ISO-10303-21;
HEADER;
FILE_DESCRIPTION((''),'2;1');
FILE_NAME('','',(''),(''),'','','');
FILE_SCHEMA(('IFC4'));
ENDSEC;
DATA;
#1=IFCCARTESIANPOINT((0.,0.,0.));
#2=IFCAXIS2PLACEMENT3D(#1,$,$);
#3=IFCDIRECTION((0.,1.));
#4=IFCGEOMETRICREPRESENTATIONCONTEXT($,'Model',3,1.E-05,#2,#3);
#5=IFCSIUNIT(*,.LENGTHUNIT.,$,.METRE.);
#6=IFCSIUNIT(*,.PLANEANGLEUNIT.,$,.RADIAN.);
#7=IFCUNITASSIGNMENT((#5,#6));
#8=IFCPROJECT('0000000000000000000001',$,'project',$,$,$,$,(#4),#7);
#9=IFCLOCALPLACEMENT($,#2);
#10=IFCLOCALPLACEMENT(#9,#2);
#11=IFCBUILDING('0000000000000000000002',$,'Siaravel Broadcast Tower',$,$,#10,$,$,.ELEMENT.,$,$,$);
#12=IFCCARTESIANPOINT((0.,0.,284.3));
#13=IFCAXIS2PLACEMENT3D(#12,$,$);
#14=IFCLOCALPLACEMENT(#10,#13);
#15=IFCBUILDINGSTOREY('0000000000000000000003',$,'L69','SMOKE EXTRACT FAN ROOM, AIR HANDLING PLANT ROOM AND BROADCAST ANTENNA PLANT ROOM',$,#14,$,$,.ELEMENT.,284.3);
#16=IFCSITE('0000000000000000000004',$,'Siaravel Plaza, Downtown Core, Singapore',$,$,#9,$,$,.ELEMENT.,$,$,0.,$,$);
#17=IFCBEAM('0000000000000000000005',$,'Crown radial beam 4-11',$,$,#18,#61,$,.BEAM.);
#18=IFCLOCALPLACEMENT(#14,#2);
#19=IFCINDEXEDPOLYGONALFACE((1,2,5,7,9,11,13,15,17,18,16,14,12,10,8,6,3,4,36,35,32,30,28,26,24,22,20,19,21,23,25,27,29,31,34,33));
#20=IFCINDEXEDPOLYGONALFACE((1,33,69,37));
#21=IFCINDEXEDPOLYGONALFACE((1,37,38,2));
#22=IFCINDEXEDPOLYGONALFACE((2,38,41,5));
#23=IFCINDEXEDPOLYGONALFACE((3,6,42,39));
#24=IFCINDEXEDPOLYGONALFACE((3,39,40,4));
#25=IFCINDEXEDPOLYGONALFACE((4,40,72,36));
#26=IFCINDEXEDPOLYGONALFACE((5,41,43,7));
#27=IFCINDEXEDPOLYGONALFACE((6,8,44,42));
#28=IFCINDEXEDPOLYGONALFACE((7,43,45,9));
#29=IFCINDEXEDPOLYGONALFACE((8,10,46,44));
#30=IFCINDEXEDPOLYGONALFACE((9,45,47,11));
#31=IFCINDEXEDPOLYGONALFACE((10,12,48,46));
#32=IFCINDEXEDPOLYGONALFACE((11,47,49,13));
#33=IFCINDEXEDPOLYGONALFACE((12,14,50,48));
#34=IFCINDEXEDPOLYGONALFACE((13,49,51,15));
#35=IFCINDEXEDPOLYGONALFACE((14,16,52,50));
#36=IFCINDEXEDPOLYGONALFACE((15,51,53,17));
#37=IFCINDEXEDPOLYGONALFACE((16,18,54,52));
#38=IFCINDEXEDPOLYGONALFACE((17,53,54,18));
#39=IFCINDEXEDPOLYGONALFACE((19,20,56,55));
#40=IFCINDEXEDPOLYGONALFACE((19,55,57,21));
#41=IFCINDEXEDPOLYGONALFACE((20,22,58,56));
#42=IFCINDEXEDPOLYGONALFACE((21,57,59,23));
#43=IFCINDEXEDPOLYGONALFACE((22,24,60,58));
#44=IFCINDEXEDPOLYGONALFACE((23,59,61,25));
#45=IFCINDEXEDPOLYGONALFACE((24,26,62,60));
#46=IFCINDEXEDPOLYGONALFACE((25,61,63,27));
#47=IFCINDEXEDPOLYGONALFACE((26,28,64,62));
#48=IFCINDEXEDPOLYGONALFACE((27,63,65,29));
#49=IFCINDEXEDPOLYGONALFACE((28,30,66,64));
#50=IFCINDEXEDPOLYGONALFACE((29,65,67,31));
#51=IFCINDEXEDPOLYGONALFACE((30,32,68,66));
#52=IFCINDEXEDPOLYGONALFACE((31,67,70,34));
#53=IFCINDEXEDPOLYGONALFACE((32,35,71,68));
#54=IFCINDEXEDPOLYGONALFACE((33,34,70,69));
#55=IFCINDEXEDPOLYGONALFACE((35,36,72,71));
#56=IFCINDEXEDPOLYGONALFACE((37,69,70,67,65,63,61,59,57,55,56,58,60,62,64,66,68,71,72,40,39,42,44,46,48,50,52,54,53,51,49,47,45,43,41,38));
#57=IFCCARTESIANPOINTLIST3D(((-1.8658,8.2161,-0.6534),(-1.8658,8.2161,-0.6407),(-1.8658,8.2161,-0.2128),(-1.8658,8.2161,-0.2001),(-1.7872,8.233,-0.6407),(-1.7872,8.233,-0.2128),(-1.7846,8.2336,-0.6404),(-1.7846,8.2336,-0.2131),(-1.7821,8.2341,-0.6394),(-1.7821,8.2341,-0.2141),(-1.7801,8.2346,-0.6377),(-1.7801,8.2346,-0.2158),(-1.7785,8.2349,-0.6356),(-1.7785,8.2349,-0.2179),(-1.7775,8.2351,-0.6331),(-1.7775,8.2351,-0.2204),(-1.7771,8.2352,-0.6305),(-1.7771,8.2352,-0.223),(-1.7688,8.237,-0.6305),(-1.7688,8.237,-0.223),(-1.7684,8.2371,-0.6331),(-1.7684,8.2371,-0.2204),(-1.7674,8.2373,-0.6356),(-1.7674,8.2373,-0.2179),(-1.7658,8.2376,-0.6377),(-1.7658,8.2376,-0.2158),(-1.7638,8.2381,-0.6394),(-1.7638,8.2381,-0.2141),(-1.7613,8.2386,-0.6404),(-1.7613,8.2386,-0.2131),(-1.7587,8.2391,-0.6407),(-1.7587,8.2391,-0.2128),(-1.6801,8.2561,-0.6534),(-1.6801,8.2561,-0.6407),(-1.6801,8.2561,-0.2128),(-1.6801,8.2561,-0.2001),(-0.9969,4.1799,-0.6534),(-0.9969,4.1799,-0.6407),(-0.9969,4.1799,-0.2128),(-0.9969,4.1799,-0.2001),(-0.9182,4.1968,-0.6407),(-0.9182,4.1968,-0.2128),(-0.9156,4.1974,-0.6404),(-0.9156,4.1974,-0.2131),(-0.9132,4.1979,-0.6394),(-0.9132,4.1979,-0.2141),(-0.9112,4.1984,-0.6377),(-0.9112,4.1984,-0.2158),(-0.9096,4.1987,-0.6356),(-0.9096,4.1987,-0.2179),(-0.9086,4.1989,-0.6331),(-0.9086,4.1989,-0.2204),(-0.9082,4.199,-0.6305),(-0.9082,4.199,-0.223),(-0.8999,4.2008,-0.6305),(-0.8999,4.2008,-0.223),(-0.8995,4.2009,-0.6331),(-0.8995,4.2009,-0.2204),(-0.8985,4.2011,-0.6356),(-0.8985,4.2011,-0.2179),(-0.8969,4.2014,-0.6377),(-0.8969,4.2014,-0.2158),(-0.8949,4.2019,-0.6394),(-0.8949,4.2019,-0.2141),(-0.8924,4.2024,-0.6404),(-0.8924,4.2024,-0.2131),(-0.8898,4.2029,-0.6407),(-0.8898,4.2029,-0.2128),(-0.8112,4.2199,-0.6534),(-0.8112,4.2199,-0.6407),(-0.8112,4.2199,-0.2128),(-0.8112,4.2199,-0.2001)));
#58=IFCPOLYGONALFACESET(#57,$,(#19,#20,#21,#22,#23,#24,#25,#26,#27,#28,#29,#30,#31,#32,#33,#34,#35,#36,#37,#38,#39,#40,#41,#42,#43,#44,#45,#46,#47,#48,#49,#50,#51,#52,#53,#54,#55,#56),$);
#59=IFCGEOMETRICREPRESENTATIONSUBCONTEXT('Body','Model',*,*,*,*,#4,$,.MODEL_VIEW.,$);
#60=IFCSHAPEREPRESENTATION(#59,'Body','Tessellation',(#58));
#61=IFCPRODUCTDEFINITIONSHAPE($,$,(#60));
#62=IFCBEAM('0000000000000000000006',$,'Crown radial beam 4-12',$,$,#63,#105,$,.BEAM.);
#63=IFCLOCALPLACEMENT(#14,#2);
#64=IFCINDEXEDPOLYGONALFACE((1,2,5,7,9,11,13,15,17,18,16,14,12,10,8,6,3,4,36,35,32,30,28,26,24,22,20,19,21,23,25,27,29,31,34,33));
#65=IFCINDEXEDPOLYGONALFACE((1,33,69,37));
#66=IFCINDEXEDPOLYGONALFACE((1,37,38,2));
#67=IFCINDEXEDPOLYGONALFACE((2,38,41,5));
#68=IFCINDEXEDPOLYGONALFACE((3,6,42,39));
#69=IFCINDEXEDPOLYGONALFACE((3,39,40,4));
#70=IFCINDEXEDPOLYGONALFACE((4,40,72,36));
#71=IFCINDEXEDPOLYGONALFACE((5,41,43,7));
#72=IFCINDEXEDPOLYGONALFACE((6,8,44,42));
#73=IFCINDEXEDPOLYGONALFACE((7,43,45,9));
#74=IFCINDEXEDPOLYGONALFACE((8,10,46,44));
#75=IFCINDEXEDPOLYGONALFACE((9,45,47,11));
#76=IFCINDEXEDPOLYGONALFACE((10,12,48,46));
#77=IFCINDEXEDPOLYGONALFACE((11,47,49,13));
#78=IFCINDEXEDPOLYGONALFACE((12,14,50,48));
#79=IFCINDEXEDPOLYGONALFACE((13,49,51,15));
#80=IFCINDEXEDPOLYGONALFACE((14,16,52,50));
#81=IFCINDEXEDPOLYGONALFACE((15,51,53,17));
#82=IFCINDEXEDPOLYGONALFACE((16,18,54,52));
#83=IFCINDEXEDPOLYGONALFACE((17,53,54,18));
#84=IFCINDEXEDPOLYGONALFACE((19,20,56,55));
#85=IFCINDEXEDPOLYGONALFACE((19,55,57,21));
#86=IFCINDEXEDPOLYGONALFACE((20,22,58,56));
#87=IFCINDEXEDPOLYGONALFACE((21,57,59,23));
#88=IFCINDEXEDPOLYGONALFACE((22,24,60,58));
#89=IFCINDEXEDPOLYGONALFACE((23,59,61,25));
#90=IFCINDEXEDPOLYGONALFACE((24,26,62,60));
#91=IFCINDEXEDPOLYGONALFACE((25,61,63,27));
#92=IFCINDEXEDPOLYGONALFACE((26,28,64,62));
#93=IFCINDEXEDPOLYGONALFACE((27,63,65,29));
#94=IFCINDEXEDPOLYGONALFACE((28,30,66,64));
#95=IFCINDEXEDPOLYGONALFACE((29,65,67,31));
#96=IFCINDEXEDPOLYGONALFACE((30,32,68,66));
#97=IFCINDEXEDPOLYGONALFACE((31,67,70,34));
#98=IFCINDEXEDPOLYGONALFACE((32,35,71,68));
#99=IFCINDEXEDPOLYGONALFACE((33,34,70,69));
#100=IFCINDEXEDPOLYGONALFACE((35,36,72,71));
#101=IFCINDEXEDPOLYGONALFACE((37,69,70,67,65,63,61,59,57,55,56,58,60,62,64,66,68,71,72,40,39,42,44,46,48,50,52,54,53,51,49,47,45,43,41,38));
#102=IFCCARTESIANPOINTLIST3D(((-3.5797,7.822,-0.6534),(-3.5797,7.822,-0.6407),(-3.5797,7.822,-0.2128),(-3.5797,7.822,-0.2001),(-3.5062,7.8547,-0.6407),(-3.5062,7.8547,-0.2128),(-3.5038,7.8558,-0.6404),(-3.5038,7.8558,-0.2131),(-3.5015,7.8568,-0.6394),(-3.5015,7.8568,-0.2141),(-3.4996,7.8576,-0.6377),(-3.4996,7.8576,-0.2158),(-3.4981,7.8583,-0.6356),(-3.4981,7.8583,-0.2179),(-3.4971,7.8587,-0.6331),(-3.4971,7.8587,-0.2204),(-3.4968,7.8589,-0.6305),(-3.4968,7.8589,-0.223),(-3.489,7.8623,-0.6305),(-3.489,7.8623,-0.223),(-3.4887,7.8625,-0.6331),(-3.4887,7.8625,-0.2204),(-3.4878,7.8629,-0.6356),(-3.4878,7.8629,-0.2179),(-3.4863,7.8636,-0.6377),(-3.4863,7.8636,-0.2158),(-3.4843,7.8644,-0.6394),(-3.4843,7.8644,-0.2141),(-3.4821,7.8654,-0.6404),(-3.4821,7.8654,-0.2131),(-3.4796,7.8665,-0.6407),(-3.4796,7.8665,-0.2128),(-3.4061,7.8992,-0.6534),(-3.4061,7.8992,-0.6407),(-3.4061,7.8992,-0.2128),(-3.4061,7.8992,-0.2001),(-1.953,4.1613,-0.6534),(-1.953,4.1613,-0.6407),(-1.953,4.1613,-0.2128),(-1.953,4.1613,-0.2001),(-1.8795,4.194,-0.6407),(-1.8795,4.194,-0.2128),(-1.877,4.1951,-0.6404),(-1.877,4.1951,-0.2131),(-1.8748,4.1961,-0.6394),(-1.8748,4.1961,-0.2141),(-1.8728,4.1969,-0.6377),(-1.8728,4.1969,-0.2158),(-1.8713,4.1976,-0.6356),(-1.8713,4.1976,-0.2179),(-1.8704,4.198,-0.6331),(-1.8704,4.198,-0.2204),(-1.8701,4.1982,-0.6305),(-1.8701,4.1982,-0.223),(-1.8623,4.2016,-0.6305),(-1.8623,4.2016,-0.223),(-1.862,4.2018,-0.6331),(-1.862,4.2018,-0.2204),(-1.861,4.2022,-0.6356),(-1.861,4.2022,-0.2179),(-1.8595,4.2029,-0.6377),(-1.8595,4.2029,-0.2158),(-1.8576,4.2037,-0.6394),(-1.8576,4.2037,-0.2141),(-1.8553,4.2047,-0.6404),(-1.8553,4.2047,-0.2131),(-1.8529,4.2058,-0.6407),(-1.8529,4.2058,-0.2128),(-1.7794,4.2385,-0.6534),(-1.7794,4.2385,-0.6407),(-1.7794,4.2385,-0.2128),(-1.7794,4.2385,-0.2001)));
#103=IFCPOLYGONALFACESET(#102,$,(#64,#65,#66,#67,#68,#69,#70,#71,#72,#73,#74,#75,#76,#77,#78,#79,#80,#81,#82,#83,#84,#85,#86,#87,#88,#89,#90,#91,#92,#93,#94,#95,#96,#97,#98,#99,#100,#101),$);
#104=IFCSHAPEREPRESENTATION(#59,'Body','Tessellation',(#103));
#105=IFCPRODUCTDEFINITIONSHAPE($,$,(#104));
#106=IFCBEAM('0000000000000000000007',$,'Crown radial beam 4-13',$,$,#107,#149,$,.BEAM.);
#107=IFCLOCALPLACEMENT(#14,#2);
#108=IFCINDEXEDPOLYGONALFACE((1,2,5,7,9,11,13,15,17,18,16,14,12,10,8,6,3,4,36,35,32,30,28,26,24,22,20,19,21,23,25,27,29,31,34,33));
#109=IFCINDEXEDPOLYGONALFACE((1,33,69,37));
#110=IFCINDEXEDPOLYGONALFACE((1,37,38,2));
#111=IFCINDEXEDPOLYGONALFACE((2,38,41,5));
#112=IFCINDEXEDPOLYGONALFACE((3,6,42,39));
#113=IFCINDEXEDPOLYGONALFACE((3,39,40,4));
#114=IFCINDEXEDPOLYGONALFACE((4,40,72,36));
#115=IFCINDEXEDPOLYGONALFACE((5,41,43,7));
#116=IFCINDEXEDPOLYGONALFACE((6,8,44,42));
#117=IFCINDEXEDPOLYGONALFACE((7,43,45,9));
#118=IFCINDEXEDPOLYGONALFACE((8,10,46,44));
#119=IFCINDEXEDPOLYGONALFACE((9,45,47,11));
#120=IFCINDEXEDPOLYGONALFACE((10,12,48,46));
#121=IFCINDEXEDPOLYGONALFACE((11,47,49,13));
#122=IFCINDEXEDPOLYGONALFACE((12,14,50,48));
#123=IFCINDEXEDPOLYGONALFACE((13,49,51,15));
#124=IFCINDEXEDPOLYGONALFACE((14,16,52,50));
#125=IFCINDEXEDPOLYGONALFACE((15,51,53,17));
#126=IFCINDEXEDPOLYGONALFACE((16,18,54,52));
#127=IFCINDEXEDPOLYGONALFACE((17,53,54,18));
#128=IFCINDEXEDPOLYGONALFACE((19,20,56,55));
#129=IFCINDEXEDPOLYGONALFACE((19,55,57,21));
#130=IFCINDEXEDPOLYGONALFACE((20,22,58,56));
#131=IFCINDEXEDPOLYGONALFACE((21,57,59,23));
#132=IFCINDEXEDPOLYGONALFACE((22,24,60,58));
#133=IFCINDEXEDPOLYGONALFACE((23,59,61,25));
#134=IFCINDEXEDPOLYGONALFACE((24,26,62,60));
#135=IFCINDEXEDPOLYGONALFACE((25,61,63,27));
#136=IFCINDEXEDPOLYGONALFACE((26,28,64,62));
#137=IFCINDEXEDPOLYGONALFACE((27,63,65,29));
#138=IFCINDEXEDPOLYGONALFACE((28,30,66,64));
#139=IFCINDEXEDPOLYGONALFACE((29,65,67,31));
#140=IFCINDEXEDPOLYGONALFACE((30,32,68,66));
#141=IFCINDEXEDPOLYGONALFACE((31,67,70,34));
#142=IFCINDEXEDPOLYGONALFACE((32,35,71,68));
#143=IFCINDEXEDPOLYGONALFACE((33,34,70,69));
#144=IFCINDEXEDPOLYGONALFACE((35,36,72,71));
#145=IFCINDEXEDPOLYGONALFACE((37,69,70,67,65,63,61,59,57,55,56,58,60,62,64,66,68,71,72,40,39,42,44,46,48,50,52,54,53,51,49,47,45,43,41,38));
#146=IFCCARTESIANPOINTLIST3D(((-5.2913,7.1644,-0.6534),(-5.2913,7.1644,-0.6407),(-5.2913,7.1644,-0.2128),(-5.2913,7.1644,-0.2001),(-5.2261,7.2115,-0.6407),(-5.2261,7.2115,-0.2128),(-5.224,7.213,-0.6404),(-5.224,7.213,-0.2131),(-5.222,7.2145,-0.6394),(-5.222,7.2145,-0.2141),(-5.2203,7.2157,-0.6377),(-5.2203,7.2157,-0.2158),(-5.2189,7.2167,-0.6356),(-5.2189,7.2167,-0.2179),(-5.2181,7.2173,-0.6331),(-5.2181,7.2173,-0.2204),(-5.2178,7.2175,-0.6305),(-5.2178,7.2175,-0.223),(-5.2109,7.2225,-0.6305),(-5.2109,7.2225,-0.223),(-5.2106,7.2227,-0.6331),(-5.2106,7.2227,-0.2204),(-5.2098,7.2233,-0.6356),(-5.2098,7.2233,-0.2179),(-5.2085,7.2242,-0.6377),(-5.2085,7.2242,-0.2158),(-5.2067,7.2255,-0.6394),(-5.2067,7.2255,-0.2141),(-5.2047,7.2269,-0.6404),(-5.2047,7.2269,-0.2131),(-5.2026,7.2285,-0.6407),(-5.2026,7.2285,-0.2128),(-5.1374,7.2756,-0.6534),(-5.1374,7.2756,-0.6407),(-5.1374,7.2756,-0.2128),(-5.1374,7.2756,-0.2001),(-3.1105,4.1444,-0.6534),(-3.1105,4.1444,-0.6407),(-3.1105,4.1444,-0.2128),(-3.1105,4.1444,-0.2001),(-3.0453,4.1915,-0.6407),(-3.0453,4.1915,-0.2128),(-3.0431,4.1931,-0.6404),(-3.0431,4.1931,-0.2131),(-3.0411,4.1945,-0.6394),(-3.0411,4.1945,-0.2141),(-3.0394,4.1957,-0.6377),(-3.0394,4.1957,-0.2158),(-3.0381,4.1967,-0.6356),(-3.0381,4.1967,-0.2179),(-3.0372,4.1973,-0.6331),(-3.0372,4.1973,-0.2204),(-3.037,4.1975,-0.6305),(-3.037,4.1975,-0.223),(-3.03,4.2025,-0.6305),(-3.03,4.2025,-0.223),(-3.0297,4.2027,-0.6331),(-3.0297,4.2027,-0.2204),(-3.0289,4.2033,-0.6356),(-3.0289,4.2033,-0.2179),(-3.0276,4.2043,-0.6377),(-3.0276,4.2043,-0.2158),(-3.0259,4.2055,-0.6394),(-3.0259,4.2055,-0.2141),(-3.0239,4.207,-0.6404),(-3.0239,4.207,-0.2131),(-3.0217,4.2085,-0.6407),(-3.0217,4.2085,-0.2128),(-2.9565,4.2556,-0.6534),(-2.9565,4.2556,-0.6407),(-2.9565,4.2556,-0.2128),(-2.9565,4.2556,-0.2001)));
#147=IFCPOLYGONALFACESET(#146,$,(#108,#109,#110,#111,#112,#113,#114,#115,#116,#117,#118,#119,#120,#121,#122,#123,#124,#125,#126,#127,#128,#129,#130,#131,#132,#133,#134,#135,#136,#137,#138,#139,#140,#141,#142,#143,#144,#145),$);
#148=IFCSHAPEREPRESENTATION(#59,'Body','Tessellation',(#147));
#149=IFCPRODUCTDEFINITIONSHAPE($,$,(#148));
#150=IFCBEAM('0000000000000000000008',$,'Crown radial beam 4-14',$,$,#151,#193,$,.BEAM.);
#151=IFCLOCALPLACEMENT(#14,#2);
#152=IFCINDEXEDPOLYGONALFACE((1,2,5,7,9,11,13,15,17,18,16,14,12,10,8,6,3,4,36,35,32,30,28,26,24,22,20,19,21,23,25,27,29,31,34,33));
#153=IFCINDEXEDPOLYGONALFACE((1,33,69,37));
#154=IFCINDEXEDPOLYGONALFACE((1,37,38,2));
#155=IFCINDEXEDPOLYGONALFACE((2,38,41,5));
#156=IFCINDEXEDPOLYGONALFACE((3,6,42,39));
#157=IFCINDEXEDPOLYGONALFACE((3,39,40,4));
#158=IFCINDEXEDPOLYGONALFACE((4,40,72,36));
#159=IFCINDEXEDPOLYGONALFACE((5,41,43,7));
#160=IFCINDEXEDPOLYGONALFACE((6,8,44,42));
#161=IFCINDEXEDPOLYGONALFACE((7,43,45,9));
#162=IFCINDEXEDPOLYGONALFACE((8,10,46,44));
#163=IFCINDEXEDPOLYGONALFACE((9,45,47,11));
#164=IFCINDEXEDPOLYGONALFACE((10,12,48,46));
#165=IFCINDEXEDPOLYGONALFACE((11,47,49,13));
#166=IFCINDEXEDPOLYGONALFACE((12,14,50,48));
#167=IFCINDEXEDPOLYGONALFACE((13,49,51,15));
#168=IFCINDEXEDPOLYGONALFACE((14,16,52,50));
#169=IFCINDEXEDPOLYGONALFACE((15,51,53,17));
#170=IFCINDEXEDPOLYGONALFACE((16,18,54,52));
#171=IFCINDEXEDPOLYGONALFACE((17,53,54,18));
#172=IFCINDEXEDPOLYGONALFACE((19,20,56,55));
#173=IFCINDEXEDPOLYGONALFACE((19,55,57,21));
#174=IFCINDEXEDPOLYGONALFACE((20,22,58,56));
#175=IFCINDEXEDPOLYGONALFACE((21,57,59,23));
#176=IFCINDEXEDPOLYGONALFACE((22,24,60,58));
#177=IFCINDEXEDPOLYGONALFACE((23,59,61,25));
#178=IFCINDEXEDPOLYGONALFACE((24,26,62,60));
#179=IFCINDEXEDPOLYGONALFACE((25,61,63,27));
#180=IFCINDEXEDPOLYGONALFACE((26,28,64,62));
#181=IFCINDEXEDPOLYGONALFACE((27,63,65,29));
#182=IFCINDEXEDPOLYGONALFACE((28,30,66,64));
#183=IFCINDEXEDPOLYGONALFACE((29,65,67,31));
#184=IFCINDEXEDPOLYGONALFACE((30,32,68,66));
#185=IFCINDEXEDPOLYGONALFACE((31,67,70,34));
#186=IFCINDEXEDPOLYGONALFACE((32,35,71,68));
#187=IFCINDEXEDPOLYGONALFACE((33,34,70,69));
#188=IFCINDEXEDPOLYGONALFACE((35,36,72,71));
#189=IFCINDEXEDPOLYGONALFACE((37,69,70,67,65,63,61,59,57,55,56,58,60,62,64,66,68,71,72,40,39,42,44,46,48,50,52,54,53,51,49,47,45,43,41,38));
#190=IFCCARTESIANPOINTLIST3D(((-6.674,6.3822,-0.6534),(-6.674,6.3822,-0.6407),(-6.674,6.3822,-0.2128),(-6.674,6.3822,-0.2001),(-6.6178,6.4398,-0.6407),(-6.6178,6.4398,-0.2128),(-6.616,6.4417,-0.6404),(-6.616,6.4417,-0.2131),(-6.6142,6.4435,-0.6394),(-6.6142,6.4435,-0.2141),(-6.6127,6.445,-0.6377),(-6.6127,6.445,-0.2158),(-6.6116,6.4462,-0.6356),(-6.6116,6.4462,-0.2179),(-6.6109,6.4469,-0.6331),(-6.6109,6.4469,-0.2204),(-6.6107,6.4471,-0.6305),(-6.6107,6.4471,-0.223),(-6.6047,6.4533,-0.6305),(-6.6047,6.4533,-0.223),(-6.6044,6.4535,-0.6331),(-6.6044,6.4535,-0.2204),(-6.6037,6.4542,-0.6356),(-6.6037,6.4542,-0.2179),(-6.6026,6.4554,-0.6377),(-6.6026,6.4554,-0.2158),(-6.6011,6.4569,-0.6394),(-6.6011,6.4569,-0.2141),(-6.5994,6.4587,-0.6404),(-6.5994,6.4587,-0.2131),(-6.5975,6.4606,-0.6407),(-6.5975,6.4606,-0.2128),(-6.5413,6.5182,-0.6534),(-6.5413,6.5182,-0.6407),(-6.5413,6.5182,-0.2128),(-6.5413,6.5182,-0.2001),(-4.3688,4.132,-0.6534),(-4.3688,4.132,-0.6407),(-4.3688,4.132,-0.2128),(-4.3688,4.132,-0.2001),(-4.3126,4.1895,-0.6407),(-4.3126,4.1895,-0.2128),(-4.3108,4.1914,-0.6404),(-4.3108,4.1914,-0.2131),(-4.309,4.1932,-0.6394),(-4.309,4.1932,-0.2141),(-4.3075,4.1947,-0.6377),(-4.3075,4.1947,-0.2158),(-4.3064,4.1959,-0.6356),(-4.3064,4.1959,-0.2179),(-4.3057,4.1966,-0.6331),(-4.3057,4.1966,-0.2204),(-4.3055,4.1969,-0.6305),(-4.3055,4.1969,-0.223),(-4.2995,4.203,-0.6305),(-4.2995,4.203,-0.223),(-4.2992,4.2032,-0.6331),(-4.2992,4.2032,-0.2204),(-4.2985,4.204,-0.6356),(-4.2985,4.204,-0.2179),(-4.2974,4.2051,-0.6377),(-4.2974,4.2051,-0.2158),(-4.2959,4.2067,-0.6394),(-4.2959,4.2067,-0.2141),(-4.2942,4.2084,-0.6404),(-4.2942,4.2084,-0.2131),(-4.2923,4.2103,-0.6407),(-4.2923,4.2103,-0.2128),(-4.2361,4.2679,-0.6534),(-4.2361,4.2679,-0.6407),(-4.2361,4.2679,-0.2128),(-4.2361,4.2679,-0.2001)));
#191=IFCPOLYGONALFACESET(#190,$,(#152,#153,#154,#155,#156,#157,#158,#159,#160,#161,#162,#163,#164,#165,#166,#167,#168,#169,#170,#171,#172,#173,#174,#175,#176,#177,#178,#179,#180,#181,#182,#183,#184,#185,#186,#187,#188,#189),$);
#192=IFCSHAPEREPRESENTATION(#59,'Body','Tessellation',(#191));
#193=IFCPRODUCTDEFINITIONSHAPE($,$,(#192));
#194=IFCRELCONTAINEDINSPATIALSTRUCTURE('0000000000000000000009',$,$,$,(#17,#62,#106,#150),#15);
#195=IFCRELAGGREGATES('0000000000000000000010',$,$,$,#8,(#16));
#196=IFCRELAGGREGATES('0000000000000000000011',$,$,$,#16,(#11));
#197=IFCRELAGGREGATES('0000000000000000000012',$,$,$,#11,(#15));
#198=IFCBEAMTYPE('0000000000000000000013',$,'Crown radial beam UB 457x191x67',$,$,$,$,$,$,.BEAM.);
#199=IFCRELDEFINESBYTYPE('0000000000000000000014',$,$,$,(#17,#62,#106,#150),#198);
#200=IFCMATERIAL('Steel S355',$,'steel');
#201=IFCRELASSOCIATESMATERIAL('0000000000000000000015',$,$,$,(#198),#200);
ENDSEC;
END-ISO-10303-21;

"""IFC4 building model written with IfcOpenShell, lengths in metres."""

from ifc_helpers import new_model, si_unit, direction, frame, origin, origin_2d, place, context, subcontext, project, spatial, i_section, extrude, material, material_profile, profile_set, type_object, element, save


model = new_model("IFC4")

# Units and contexts
model_context = context("Model", 3, precision=1e-05, world=origin(), true_north=direction((0.0, 1.0)))
body_context = subcontext(model_context, "Body", "Model", "MODEL_VIEW")
ifc_project = project(units=[si_unit("LENGTHUNIT", "METRE"), si_unit("PLANEANGLEUNIT", "RADIAN")], contexts=[model_context])

# Site, building, storey
site_placement = place(None, origin())
site = spatial("IfcSite", under=ifc_project, at=site_placement, Name="Siaravel Plaza, Downtown Core, Singapore", CompositionType="ELEMENT", RefElevation=0.0)
building_placement = place(site_placement, origin())
building = spatial("IfcBuilding", under=site, at=building_placement, Name="Siaravel Broadcast Tower", CompositionType="ELEMENT")
storey_placement = place(building_placement, frame((0.0, 0.0, 284.3)))
storey = spatial("IfcBuildingStorey", under=building, at=storey_placement, Name="L69", Description="SMOKE EXTRACT FAN ROOM, AIR HANDLING PLANT ROOM AND BROADCAST ANTENNA PLANT ROOM", CompositionType="ELEMENT", Elevation=284.3)

# Beams
ifc_material_1 = material(Name="Steel S355", Category="steel")
ifc_material_profile_1 = material_profile(ifc_material_1, i_section(OverallWidth=0.1899, OverallDepth=0.4534, WebThickness=0.0085, FlangeThickness=0.0127, FilletRadius=0.0103, at=origin_2d()))
ifc_profile_set_1 = profile_set([ifc_material_profile_1], Name="Steel S355")
beam_type_1 = type_object("IfcBeamType", Name="Crown radial beam UB 457x191x67", PredefinedType="BEAM", material=ifc_profile_set_1)
beam_1_placement = place(storey_placement, frame((-1.7729, 8.2361, -0.4268), z_axis=(0.210458, -0.977603, 0.0), x_axis=(0.977603, 0.210458, 0.0)))
element("IfcBeam", 1, at=beam_1_placement, inside=storey, type_object=beam_type_1, Name="Crown radial beam 4-11", PredefinedType="BEAM", context=body_context, shape_type="SweptSolid", body=[
    extrude(i_section(OverallWidth=0.1899, OverallDepth=0.4534, WebThickness=0.0085, FlangeThickness=0.0127, FilletRadius=0.0103, at=origin_2d()), origin(), (0.0, 0.0, 1.0), 4.1287),
])
beam_2_placement = place(storey_placement, frame((-3.4929, 7.8606, -0.4268), z_axis=(0.406088, -0.913834, 0.0), x_axis=(0.913834, 0.406088, 0.0)))
element("IfcBeam", 2, at=beam_2_placement, inside=storey, type_object=beam_type_1, Name="Crown radial beam 4-12", PredefinedType="BEAM", context=body_context, shape_type="SweptSolid", body=[
    extrude(i_section(OverallWidth=0.1899, OverallDepth=0.4534, WebThickness=0.0085, FlangeThickness=0.0127, FilletRadius=0.0103, at=origin_2d()), origin(), (0.0, 0.0, 1.0), 4.0059),
])
beam_3_placement = place(storey_placement, frame((-5.2144, 7.22, -0.4268), z_axis=(0.585452, -0.810707, 0.0), x_axis=(0.810707, 0.585452, 0.0)))
element("IfcBeam", 3, at=beam_3_placement, inside=storey, type_object=beam_type_1, Name="Crown radial beam 4-13", PredefinedType="BEAM", context=body_context, shape_type="SweptSolid", body=[
    extrude(i_section(OverallWidth=0.1899, OverallDepth=0.4534, WebThickness=0.0085, FlangeThickness=0.0127, FilletRadius=0.0103, at=origin_2d()), origin(), (0.0, 0.0, 1.0), 3.7251),
])
beam_4_placement = place(storey_placement, frame((-6.6077, 6.4502, -0.4268), z_axis=(0.715581, -0.698529, 0.0), x_axis=(0.698529, 0.715581, 0.0)))
element("IfcBeam", 4, at=beam_4_placement, inside=storey, type_object=beam_type_1, Name="Crown radial beam 4-14", PredefinedType="BEAM", context=body_context, shape_type="SweptSolid", body=[
    extrude(i_section(OverallWidth=0.1899, OverallDepth=0.4534, WebThickness=0.0085, FlangeThickness=0.0127, FilletRadius=0.0103, at=origin_2d()), origin(), (0.0, 0.0, 1.0), 3.2214),
])

save(model, "model.ifc")
